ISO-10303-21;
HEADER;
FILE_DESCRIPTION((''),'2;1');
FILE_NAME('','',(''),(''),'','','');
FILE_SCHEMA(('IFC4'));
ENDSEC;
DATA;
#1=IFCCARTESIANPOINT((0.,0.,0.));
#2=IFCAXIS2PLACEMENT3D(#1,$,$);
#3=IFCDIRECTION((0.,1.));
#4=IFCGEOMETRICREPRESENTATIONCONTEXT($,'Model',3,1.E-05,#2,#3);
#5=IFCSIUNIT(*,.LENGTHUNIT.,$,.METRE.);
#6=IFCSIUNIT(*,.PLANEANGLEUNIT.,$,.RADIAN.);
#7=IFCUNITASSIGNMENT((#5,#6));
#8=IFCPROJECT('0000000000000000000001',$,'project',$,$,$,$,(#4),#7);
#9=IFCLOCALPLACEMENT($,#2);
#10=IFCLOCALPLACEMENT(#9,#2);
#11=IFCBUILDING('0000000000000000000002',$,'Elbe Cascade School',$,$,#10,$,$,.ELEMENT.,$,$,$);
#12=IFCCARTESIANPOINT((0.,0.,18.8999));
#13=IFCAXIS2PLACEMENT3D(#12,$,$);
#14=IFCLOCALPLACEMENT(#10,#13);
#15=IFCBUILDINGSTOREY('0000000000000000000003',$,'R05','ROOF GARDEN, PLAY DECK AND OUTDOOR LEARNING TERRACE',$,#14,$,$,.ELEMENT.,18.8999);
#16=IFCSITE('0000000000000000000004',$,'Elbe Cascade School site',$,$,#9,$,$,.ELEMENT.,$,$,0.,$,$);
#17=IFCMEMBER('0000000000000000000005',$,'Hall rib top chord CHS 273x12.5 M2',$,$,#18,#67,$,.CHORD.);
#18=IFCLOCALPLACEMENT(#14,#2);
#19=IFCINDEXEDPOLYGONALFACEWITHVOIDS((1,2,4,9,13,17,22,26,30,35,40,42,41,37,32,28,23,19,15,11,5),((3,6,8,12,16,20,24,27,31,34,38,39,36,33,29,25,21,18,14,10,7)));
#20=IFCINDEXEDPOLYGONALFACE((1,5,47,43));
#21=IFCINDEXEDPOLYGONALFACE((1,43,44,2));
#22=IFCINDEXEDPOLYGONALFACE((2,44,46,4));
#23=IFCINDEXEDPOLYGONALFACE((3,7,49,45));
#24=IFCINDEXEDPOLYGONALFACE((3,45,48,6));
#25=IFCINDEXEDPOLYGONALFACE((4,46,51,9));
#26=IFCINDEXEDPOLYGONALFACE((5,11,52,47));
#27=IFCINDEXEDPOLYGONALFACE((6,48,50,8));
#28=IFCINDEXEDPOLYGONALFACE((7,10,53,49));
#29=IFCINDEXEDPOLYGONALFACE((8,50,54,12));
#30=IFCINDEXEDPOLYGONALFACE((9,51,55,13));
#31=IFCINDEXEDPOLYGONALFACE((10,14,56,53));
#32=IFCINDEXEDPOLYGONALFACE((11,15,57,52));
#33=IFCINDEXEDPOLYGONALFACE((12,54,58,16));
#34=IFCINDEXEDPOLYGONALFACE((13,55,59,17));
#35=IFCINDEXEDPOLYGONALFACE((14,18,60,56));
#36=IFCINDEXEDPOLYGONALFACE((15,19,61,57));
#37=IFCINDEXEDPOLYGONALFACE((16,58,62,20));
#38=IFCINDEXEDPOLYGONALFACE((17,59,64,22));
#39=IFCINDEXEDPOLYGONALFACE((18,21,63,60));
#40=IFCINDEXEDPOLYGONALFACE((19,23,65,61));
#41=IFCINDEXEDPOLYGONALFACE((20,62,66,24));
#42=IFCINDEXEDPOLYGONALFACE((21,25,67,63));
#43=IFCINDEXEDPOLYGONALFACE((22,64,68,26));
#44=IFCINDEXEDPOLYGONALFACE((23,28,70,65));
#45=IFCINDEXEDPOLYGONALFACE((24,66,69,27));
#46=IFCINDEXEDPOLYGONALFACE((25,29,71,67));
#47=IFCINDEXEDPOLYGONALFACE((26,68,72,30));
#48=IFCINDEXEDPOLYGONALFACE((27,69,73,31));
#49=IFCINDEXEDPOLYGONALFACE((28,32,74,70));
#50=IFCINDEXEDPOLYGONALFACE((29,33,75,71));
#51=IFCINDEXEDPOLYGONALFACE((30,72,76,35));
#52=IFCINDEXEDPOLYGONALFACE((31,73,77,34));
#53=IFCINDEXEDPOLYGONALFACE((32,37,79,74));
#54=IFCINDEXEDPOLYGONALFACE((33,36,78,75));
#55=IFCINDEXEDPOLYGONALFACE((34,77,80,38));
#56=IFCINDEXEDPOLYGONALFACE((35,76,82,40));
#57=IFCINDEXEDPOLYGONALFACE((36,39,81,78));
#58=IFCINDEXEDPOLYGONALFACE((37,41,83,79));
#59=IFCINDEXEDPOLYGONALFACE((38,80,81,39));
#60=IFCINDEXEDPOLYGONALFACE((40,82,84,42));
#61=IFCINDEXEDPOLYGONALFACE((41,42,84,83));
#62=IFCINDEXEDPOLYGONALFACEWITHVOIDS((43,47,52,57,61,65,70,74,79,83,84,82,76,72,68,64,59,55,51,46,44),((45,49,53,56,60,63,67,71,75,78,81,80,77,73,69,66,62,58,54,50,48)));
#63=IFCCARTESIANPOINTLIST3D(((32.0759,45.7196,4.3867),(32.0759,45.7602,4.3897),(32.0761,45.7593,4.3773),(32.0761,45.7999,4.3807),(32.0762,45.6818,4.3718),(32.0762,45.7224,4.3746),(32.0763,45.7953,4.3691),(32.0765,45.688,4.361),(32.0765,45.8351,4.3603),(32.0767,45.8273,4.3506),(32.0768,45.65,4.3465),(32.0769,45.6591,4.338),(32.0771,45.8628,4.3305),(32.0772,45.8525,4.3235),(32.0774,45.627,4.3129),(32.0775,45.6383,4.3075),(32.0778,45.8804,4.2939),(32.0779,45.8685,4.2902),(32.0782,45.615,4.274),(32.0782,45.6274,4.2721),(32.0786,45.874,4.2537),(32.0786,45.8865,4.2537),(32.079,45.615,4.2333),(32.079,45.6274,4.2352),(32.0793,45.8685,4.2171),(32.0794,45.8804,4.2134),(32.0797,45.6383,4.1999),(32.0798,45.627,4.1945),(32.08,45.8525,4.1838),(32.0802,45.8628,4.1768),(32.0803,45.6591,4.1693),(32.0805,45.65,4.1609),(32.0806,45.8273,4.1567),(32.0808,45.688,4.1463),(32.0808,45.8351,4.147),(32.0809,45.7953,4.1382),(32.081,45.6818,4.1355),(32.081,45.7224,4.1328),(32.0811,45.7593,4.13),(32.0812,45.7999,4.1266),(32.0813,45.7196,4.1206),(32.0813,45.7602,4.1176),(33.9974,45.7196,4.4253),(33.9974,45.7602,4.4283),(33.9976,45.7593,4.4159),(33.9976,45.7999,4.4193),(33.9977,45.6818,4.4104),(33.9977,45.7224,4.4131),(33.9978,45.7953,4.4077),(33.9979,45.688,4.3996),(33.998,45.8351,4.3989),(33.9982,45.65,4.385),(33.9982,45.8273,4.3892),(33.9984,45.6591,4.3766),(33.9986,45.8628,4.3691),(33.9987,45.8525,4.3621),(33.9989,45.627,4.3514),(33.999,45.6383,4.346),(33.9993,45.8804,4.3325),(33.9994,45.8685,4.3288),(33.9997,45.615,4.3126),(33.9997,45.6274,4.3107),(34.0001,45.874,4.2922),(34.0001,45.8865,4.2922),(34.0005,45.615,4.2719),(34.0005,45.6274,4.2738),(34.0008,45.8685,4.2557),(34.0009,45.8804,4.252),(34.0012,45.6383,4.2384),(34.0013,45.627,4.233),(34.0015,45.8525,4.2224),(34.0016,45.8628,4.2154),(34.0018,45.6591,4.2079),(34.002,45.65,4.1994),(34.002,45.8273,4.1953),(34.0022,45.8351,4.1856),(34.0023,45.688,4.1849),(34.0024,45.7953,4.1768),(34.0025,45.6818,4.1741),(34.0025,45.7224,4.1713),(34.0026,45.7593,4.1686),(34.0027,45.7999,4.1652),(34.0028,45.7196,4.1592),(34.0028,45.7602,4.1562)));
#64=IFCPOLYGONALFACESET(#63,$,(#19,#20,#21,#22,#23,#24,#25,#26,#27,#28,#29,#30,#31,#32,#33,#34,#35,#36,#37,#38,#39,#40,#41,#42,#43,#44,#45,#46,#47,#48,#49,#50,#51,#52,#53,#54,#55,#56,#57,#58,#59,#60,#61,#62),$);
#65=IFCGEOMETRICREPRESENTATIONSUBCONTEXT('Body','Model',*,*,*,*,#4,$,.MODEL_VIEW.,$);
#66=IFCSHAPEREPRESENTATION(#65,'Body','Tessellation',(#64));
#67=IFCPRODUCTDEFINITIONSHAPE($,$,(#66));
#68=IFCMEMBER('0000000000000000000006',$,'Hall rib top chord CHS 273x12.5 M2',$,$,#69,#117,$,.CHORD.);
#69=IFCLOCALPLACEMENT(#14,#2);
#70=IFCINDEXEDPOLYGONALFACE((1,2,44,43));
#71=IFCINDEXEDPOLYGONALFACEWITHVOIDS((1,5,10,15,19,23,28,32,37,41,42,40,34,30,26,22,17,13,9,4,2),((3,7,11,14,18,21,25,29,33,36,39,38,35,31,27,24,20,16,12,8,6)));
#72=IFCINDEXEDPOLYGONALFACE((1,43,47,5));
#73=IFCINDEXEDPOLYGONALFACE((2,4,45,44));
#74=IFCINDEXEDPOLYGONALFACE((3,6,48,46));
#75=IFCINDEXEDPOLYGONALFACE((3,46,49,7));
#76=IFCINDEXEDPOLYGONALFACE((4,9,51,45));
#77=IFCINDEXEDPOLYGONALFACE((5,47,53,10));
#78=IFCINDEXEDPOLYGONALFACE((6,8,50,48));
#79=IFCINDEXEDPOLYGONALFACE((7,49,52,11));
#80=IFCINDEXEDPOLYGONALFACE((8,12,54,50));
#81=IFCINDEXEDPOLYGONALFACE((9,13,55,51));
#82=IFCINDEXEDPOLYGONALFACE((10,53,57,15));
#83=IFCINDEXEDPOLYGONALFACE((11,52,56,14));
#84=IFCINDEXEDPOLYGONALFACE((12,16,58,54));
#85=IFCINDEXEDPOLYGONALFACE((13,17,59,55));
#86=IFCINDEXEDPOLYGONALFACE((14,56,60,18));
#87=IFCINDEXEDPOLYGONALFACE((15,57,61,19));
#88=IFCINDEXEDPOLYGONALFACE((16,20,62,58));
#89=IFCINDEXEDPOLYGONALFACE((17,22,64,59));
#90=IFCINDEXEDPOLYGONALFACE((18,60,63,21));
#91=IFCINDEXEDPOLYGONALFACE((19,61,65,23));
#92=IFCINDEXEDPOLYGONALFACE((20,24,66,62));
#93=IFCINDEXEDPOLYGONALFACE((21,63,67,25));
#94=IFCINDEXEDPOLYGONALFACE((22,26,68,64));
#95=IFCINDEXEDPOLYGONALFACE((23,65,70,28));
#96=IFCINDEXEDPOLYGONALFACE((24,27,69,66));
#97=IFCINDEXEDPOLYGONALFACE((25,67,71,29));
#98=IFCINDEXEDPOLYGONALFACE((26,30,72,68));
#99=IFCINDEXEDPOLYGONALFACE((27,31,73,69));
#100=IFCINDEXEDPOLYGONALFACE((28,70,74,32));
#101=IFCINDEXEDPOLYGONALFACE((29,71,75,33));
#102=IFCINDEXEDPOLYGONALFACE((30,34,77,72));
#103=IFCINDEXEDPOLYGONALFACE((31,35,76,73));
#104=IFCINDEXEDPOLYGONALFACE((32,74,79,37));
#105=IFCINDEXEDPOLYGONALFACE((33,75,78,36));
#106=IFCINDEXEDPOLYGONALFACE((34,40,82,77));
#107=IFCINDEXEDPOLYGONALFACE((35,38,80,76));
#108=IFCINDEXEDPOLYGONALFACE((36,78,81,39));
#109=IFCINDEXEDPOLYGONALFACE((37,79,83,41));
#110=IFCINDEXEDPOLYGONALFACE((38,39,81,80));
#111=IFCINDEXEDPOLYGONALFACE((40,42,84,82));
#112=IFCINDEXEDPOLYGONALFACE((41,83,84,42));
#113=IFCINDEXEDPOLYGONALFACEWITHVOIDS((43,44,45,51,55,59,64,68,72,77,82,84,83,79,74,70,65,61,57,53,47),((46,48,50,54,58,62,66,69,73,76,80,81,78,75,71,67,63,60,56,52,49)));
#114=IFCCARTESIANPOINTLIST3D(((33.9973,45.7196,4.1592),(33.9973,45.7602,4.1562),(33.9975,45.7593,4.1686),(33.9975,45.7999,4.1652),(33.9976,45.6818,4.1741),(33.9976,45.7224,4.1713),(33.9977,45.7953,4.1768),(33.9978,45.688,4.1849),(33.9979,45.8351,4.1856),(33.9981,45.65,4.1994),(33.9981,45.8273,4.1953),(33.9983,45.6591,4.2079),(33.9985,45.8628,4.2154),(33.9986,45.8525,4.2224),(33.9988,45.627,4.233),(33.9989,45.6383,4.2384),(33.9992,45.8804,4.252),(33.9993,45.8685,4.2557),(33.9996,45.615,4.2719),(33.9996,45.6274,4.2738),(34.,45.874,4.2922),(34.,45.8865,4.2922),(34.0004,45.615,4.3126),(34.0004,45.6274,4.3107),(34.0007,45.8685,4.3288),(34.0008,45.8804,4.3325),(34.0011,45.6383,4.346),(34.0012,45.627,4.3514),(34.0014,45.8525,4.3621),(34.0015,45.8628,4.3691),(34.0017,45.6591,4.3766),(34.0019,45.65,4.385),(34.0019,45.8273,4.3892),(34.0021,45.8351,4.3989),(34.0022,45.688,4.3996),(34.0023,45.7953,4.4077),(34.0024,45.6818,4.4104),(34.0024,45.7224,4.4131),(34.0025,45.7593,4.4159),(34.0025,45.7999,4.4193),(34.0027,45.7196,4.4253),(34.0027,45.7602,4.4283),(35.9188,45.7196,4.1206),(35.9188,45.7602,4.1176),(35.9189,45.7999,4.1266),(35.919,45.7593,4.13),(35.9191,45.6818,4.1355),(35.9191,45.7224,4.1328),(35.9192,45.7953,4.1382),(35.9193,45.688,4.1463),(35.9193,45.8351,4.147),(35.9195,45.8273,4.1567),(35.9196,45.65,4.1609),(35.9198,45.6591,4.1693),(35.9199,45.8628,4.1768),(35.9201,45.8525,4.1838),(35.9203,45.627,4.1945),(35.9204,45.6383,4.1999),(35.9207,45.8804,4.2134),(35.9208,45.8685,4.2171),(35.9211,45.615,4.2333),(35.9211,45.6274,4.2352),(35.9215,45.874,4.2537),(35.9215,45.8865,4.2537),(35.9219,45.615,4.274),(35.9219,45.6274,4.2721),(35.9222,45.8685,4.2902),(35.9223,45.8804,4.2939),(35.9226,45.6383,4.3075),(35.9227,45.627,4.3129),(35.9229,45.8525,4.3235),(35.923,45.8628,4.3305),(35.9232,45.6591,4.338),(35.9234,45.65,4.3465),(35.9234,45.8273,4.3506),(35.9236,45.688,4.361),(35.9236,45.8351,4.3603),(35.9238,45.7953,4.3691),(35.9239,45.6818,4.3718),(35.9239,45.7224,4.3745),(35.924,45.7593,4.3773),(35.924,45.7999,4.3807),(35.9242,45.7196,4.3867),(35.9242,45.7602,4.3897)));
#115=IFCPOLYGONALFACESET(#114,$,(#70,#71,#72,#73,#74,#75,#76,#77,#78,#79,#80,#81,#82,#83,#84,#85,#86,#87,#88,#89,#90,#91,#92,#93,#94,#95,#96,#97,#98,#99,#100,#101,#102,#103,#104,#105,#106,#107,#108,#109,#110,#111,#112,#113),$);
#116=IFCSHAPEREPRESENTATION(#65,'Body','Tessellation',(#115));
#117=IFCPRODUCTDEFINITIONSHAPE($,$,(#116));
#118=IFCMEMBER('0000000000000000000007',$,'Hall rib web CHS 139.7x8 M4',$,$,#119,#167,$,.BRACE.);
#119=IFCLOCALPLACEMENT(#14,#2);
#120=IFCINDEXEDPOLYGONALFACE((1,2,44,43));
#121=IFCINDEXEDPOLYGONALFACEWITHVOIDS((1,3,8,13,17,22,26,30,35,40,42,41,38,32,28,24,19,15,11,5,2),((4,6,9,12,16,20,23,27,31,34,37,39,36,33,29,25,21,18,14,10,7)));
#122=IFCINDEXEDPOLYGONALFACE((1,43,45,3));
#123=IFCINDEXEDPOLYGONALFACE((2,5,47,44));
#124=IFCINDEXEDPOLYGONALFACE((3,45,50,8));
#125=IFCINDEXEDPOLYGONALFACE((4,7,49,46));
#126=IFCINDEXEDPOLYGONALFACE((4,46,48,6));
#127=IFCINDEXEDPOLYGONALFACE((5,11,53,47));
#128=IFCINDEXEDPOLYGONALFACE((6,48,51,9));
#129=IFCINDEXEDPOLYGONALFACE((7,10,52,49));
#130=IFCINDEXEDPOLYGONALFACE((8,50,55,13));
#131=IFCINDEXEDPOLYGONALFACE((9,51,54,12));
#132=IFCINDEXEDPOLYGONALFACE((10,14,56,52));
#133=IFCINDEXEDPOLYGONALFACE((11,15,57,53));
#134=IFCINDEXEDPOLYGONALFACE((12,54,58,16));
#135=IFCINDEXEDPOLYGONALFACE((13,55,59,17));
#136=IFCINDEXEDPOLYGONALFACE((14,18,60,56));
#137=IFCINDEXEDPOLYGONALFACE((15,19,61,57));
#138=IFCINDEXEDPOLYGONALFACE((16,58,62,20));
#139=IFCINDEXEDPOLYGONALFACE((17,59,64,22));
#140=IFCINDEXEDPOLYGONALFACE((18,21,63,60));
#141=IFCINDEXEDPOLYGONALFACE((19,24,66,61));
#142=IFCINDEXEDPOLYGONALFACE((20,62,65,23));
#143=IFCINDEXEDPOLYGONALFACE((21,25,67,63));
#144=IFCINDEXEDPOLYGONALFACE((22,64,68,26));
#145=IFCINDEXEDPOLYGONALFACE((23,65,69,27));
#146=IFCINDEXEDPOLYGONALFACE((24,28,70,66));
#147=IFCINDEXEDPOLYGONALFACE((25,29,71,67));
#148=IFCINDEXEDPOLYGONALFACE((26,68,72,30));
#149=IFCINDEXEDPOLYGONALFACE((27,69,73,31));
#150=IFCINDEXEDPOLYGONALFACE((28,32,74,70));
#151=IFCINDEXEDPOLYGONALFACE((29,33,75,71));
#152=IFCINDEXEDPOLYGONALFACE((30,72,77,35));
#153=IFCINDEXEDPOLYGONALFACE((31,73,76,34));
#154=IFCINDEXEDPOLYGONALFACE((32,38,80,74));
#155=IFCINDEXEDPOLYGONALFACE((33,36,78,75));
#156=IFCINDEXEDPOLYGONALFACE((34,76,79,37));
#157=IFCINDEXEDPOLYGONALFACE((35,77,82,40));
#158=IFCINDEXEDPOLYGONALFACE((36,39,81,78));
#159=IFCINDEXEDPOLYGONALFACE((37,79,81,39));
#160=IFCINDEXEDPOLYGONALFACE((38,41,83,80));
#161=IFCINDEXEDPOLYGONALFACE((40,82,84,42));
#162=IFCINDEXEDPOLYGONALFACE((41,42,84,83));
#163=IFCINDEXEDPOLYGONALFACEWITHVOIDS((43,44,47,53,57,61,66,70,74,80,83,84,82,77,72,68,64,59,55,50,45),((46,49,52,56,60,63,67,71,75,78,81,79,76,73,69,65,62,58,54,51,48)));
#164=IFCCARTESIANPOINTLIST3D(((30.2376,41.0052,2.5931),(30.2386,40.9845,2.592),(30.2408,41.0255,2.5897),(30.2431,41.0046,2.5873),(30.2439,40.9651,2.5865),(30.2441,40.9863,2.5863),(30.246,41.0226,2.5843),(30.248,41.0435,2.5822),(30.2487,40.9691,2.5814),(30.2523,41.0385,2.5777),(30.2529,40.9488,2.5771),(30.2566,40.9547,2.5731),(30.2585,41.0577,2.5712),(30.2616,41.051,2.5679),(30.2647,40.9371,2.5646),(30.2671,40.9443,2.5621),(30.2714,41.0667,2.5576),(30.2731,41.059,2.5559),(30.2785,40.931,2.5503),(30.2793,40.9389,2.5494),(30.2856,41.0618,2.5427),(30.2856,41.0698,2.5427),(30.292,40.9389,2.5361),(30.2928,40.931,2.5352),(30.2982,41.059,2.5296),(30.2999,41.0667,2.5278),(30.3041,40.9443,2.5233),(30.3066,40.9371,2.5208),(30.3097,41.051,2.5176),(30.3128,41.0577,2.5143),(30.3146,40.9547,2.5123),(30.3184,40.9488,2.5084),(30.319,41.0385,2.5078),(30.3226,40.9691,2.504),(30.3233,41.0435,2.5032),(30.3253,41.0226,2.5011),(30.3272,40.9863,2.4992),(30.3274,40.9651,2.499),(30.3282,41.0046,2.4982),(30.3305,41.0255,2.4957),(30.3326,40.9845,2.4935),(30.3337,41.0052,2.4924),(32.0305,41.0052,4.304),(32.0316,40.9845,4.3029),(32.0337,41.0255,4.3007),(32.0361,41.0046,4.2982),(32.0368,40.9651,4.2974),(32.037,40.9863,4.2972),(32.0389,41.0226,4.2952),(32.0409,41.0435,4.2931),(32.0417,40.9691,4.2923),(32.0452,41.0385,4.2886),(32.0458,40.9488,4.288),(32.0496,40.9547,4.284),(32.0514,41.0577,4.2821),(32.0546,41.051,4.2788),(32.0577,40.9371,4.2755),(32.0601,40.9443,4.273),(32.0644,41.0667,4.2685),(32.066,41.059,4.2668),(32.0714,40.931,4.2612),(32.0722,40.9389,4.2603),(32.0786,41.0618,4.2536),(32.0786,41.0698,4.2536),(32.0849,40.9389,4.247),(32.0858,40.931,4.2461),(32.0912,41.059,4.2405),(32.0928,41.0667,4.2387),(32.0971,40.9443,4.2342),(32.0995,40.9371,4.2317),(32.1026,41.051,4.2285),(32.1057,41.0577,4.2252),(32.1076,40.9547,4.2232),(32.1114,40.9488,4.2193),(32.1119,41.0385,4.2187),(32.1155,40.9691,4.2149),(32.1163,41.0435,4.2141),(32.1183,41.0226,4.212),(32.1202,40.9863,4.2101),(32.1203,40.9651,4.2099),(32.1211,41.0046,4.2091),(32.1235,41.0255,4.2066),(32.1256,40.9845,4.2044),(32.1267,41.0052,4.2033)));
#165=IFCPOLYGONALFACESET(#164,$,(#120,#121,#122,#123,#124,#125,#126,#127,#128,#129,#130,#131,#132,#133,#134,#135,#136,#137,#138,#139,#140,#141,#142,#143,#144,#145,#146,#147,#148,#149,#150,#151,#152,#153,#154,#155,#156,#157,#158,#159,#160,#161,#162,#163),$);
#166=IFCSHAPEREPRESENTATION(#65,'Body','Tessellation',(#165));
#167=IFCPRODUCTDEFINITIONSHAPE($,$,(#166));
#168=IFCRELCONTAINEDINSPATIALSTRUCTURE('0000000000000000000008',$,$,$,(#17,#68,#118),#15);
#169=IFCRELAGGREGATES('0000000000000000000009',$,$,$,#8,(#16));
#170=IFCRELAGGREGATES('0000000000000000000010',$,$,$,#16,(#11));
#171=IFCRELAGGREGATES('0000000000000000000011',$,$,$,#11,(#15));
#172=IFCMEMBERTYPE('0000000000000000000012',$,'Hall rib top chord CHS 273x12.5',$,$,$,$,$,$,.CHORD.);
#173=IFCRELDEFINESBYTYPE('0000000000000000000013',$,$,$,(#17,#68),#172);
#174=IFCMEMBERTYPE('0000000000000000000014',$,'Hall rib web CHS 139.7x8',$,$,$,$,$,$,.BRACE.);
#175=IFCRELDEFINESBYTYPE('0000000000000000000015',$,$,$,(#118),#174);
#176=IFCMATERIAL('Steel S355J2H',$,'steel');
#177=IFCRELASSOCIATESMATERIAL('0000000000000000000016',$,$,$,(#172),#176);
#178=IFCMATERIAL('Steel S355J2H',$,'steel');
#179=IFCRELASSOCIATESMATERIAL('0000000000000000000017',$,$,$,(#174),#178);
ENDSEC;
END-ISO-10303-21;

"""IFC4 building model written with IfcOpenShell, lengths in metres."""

from ifc_helpers import new_model, si_unit, direction, frame, origin, origin_2d, place, context, subcontext, project, spatial, hollow_circle, extrude, material, material_profile, profile_set, type_object, element, save


model = new_model("IFC4")

# Units and contexts
model_context = context("Model", 3, precision=1e-05, world=origin(), true_north=direction((0.0, 1.0)))
body_context = subcontext(model_context, "Body", "Model", "MODEL_VIEW")
ifc_project = project(units=[si_unit("LENGTHUNIT", "METRE"), si_unit("PLANEANGLEUNIT", "RADIAN")], contexts=[model_context])

# Site, building, storey
site_placement = place(None, origin())
site = spatial("IfcSite", under=ifc_project, at=site_placement, Name="Elbe Cascade School site", CompositionType="ELEMENT", RefElevation=0.0)
building_placement = place(site_placement, origin())
building = spatial("IfcBuilding", under=site, at=building_placement, Name="Elbe Cascade School", CompositionType="ELEMENT")
storey_placement = place(building_placement, frame((0.0, 0.0, 18.8999)))
storey = spatial("IfcBuildingStorey", under=building, at=storey_placement, Name="R05", Description="ROOF GARDEN, PLAY DECK AND OUTDOOR LEARNING TERRACE", CompositionType="ELEMENT", Elevation=18.8999)

# Members
ifc_material_1 = material(Name="Steel S355J2H", Category="steel")
ifc_material_profile_1 = material_profile(ifc_material_1, hollow_circle(Radius=0.1365, WallThickness=0.0125, at=origin_2d()), Name="CHS 273x12.5")
ifc_profile_set_1 = profile_set([ifc_material_profile_1], Name="Steel S355J2H")
member_type_1 = type_object("IfcMemberType", Name="Hall rib top chord CHS 273x12.5", PredefinedType="CHORD", material=ifc_profile_set_1)
for number, where, z_axis, x_axis, name in (
    (1, (32.0786, 45.75, 4.2537), (0.999799, 0.0, 0.020072), (0.0, 1.0, 0.0), "Hall rib top chord CHS 273x12.5 M2"),
    (2, (34.0, 45.75, 4.2922), (0.999799, 0.0, -0.020072), (0.0, 1.0, 0.0), "Hall rib top chord CHS 273x12.5 M2"),
):
    element("IfcMember", number, at=place(storey_placement, frame(where, z_axis=z_axis, x_axis=x_axis)), inside=storey, type_object=member_type_1, Name=name, PredefinedType="CHORD", context=body_context, shape_type="SweptSolid", body=[
        extrude(hollow_circle(Radius=0.1365, WallThickness=0.0125, at=origin_2d()), origin(), (0.0, 0.0, 1.0), 1.9219),
    ])
ifc_material_2 = material(Name="Steel S355J2H", Category="steel")
ifc_material_profile_2 = material_profile(ifc_material_2, hollow_circle(Radius=0.0698, WallThickness=0.0081, at=origin_2d()), Name="CHS 139.7x8")
ifc_profile_set_2 = profile_set([ifc_material_profile_2], Name="Steel S355J2H")
member_type_2 = type_object("IfcMemberType", Name="Hall rib web CHS 139.7x8", PredefinedType="BRACE", material=ifc_profile_set_2)
member_1_placement = place(storey_placement, frame((30.2856, 41.0, 2.5427), z_axis=(0.723463, 0.0, 0.690363), x_axis=(0.0, 1.0, 0.0)))
element("IfcMember", 3, at=member_1_placement, inside=storey, type_object=member_type_2, Name="Hall rib web CHS 139.7x8 M4", PredefinedType="BRACE", context=body_context, shape_type="SweptSolid", body=[
    extrude(hollow_circle(Radius=0.0698, WallThickness=0.0081, at=origin_2d()), origin(), (0.0, 0.0, 1.0), 2.4783),
])

save(model, "model.ifc")
